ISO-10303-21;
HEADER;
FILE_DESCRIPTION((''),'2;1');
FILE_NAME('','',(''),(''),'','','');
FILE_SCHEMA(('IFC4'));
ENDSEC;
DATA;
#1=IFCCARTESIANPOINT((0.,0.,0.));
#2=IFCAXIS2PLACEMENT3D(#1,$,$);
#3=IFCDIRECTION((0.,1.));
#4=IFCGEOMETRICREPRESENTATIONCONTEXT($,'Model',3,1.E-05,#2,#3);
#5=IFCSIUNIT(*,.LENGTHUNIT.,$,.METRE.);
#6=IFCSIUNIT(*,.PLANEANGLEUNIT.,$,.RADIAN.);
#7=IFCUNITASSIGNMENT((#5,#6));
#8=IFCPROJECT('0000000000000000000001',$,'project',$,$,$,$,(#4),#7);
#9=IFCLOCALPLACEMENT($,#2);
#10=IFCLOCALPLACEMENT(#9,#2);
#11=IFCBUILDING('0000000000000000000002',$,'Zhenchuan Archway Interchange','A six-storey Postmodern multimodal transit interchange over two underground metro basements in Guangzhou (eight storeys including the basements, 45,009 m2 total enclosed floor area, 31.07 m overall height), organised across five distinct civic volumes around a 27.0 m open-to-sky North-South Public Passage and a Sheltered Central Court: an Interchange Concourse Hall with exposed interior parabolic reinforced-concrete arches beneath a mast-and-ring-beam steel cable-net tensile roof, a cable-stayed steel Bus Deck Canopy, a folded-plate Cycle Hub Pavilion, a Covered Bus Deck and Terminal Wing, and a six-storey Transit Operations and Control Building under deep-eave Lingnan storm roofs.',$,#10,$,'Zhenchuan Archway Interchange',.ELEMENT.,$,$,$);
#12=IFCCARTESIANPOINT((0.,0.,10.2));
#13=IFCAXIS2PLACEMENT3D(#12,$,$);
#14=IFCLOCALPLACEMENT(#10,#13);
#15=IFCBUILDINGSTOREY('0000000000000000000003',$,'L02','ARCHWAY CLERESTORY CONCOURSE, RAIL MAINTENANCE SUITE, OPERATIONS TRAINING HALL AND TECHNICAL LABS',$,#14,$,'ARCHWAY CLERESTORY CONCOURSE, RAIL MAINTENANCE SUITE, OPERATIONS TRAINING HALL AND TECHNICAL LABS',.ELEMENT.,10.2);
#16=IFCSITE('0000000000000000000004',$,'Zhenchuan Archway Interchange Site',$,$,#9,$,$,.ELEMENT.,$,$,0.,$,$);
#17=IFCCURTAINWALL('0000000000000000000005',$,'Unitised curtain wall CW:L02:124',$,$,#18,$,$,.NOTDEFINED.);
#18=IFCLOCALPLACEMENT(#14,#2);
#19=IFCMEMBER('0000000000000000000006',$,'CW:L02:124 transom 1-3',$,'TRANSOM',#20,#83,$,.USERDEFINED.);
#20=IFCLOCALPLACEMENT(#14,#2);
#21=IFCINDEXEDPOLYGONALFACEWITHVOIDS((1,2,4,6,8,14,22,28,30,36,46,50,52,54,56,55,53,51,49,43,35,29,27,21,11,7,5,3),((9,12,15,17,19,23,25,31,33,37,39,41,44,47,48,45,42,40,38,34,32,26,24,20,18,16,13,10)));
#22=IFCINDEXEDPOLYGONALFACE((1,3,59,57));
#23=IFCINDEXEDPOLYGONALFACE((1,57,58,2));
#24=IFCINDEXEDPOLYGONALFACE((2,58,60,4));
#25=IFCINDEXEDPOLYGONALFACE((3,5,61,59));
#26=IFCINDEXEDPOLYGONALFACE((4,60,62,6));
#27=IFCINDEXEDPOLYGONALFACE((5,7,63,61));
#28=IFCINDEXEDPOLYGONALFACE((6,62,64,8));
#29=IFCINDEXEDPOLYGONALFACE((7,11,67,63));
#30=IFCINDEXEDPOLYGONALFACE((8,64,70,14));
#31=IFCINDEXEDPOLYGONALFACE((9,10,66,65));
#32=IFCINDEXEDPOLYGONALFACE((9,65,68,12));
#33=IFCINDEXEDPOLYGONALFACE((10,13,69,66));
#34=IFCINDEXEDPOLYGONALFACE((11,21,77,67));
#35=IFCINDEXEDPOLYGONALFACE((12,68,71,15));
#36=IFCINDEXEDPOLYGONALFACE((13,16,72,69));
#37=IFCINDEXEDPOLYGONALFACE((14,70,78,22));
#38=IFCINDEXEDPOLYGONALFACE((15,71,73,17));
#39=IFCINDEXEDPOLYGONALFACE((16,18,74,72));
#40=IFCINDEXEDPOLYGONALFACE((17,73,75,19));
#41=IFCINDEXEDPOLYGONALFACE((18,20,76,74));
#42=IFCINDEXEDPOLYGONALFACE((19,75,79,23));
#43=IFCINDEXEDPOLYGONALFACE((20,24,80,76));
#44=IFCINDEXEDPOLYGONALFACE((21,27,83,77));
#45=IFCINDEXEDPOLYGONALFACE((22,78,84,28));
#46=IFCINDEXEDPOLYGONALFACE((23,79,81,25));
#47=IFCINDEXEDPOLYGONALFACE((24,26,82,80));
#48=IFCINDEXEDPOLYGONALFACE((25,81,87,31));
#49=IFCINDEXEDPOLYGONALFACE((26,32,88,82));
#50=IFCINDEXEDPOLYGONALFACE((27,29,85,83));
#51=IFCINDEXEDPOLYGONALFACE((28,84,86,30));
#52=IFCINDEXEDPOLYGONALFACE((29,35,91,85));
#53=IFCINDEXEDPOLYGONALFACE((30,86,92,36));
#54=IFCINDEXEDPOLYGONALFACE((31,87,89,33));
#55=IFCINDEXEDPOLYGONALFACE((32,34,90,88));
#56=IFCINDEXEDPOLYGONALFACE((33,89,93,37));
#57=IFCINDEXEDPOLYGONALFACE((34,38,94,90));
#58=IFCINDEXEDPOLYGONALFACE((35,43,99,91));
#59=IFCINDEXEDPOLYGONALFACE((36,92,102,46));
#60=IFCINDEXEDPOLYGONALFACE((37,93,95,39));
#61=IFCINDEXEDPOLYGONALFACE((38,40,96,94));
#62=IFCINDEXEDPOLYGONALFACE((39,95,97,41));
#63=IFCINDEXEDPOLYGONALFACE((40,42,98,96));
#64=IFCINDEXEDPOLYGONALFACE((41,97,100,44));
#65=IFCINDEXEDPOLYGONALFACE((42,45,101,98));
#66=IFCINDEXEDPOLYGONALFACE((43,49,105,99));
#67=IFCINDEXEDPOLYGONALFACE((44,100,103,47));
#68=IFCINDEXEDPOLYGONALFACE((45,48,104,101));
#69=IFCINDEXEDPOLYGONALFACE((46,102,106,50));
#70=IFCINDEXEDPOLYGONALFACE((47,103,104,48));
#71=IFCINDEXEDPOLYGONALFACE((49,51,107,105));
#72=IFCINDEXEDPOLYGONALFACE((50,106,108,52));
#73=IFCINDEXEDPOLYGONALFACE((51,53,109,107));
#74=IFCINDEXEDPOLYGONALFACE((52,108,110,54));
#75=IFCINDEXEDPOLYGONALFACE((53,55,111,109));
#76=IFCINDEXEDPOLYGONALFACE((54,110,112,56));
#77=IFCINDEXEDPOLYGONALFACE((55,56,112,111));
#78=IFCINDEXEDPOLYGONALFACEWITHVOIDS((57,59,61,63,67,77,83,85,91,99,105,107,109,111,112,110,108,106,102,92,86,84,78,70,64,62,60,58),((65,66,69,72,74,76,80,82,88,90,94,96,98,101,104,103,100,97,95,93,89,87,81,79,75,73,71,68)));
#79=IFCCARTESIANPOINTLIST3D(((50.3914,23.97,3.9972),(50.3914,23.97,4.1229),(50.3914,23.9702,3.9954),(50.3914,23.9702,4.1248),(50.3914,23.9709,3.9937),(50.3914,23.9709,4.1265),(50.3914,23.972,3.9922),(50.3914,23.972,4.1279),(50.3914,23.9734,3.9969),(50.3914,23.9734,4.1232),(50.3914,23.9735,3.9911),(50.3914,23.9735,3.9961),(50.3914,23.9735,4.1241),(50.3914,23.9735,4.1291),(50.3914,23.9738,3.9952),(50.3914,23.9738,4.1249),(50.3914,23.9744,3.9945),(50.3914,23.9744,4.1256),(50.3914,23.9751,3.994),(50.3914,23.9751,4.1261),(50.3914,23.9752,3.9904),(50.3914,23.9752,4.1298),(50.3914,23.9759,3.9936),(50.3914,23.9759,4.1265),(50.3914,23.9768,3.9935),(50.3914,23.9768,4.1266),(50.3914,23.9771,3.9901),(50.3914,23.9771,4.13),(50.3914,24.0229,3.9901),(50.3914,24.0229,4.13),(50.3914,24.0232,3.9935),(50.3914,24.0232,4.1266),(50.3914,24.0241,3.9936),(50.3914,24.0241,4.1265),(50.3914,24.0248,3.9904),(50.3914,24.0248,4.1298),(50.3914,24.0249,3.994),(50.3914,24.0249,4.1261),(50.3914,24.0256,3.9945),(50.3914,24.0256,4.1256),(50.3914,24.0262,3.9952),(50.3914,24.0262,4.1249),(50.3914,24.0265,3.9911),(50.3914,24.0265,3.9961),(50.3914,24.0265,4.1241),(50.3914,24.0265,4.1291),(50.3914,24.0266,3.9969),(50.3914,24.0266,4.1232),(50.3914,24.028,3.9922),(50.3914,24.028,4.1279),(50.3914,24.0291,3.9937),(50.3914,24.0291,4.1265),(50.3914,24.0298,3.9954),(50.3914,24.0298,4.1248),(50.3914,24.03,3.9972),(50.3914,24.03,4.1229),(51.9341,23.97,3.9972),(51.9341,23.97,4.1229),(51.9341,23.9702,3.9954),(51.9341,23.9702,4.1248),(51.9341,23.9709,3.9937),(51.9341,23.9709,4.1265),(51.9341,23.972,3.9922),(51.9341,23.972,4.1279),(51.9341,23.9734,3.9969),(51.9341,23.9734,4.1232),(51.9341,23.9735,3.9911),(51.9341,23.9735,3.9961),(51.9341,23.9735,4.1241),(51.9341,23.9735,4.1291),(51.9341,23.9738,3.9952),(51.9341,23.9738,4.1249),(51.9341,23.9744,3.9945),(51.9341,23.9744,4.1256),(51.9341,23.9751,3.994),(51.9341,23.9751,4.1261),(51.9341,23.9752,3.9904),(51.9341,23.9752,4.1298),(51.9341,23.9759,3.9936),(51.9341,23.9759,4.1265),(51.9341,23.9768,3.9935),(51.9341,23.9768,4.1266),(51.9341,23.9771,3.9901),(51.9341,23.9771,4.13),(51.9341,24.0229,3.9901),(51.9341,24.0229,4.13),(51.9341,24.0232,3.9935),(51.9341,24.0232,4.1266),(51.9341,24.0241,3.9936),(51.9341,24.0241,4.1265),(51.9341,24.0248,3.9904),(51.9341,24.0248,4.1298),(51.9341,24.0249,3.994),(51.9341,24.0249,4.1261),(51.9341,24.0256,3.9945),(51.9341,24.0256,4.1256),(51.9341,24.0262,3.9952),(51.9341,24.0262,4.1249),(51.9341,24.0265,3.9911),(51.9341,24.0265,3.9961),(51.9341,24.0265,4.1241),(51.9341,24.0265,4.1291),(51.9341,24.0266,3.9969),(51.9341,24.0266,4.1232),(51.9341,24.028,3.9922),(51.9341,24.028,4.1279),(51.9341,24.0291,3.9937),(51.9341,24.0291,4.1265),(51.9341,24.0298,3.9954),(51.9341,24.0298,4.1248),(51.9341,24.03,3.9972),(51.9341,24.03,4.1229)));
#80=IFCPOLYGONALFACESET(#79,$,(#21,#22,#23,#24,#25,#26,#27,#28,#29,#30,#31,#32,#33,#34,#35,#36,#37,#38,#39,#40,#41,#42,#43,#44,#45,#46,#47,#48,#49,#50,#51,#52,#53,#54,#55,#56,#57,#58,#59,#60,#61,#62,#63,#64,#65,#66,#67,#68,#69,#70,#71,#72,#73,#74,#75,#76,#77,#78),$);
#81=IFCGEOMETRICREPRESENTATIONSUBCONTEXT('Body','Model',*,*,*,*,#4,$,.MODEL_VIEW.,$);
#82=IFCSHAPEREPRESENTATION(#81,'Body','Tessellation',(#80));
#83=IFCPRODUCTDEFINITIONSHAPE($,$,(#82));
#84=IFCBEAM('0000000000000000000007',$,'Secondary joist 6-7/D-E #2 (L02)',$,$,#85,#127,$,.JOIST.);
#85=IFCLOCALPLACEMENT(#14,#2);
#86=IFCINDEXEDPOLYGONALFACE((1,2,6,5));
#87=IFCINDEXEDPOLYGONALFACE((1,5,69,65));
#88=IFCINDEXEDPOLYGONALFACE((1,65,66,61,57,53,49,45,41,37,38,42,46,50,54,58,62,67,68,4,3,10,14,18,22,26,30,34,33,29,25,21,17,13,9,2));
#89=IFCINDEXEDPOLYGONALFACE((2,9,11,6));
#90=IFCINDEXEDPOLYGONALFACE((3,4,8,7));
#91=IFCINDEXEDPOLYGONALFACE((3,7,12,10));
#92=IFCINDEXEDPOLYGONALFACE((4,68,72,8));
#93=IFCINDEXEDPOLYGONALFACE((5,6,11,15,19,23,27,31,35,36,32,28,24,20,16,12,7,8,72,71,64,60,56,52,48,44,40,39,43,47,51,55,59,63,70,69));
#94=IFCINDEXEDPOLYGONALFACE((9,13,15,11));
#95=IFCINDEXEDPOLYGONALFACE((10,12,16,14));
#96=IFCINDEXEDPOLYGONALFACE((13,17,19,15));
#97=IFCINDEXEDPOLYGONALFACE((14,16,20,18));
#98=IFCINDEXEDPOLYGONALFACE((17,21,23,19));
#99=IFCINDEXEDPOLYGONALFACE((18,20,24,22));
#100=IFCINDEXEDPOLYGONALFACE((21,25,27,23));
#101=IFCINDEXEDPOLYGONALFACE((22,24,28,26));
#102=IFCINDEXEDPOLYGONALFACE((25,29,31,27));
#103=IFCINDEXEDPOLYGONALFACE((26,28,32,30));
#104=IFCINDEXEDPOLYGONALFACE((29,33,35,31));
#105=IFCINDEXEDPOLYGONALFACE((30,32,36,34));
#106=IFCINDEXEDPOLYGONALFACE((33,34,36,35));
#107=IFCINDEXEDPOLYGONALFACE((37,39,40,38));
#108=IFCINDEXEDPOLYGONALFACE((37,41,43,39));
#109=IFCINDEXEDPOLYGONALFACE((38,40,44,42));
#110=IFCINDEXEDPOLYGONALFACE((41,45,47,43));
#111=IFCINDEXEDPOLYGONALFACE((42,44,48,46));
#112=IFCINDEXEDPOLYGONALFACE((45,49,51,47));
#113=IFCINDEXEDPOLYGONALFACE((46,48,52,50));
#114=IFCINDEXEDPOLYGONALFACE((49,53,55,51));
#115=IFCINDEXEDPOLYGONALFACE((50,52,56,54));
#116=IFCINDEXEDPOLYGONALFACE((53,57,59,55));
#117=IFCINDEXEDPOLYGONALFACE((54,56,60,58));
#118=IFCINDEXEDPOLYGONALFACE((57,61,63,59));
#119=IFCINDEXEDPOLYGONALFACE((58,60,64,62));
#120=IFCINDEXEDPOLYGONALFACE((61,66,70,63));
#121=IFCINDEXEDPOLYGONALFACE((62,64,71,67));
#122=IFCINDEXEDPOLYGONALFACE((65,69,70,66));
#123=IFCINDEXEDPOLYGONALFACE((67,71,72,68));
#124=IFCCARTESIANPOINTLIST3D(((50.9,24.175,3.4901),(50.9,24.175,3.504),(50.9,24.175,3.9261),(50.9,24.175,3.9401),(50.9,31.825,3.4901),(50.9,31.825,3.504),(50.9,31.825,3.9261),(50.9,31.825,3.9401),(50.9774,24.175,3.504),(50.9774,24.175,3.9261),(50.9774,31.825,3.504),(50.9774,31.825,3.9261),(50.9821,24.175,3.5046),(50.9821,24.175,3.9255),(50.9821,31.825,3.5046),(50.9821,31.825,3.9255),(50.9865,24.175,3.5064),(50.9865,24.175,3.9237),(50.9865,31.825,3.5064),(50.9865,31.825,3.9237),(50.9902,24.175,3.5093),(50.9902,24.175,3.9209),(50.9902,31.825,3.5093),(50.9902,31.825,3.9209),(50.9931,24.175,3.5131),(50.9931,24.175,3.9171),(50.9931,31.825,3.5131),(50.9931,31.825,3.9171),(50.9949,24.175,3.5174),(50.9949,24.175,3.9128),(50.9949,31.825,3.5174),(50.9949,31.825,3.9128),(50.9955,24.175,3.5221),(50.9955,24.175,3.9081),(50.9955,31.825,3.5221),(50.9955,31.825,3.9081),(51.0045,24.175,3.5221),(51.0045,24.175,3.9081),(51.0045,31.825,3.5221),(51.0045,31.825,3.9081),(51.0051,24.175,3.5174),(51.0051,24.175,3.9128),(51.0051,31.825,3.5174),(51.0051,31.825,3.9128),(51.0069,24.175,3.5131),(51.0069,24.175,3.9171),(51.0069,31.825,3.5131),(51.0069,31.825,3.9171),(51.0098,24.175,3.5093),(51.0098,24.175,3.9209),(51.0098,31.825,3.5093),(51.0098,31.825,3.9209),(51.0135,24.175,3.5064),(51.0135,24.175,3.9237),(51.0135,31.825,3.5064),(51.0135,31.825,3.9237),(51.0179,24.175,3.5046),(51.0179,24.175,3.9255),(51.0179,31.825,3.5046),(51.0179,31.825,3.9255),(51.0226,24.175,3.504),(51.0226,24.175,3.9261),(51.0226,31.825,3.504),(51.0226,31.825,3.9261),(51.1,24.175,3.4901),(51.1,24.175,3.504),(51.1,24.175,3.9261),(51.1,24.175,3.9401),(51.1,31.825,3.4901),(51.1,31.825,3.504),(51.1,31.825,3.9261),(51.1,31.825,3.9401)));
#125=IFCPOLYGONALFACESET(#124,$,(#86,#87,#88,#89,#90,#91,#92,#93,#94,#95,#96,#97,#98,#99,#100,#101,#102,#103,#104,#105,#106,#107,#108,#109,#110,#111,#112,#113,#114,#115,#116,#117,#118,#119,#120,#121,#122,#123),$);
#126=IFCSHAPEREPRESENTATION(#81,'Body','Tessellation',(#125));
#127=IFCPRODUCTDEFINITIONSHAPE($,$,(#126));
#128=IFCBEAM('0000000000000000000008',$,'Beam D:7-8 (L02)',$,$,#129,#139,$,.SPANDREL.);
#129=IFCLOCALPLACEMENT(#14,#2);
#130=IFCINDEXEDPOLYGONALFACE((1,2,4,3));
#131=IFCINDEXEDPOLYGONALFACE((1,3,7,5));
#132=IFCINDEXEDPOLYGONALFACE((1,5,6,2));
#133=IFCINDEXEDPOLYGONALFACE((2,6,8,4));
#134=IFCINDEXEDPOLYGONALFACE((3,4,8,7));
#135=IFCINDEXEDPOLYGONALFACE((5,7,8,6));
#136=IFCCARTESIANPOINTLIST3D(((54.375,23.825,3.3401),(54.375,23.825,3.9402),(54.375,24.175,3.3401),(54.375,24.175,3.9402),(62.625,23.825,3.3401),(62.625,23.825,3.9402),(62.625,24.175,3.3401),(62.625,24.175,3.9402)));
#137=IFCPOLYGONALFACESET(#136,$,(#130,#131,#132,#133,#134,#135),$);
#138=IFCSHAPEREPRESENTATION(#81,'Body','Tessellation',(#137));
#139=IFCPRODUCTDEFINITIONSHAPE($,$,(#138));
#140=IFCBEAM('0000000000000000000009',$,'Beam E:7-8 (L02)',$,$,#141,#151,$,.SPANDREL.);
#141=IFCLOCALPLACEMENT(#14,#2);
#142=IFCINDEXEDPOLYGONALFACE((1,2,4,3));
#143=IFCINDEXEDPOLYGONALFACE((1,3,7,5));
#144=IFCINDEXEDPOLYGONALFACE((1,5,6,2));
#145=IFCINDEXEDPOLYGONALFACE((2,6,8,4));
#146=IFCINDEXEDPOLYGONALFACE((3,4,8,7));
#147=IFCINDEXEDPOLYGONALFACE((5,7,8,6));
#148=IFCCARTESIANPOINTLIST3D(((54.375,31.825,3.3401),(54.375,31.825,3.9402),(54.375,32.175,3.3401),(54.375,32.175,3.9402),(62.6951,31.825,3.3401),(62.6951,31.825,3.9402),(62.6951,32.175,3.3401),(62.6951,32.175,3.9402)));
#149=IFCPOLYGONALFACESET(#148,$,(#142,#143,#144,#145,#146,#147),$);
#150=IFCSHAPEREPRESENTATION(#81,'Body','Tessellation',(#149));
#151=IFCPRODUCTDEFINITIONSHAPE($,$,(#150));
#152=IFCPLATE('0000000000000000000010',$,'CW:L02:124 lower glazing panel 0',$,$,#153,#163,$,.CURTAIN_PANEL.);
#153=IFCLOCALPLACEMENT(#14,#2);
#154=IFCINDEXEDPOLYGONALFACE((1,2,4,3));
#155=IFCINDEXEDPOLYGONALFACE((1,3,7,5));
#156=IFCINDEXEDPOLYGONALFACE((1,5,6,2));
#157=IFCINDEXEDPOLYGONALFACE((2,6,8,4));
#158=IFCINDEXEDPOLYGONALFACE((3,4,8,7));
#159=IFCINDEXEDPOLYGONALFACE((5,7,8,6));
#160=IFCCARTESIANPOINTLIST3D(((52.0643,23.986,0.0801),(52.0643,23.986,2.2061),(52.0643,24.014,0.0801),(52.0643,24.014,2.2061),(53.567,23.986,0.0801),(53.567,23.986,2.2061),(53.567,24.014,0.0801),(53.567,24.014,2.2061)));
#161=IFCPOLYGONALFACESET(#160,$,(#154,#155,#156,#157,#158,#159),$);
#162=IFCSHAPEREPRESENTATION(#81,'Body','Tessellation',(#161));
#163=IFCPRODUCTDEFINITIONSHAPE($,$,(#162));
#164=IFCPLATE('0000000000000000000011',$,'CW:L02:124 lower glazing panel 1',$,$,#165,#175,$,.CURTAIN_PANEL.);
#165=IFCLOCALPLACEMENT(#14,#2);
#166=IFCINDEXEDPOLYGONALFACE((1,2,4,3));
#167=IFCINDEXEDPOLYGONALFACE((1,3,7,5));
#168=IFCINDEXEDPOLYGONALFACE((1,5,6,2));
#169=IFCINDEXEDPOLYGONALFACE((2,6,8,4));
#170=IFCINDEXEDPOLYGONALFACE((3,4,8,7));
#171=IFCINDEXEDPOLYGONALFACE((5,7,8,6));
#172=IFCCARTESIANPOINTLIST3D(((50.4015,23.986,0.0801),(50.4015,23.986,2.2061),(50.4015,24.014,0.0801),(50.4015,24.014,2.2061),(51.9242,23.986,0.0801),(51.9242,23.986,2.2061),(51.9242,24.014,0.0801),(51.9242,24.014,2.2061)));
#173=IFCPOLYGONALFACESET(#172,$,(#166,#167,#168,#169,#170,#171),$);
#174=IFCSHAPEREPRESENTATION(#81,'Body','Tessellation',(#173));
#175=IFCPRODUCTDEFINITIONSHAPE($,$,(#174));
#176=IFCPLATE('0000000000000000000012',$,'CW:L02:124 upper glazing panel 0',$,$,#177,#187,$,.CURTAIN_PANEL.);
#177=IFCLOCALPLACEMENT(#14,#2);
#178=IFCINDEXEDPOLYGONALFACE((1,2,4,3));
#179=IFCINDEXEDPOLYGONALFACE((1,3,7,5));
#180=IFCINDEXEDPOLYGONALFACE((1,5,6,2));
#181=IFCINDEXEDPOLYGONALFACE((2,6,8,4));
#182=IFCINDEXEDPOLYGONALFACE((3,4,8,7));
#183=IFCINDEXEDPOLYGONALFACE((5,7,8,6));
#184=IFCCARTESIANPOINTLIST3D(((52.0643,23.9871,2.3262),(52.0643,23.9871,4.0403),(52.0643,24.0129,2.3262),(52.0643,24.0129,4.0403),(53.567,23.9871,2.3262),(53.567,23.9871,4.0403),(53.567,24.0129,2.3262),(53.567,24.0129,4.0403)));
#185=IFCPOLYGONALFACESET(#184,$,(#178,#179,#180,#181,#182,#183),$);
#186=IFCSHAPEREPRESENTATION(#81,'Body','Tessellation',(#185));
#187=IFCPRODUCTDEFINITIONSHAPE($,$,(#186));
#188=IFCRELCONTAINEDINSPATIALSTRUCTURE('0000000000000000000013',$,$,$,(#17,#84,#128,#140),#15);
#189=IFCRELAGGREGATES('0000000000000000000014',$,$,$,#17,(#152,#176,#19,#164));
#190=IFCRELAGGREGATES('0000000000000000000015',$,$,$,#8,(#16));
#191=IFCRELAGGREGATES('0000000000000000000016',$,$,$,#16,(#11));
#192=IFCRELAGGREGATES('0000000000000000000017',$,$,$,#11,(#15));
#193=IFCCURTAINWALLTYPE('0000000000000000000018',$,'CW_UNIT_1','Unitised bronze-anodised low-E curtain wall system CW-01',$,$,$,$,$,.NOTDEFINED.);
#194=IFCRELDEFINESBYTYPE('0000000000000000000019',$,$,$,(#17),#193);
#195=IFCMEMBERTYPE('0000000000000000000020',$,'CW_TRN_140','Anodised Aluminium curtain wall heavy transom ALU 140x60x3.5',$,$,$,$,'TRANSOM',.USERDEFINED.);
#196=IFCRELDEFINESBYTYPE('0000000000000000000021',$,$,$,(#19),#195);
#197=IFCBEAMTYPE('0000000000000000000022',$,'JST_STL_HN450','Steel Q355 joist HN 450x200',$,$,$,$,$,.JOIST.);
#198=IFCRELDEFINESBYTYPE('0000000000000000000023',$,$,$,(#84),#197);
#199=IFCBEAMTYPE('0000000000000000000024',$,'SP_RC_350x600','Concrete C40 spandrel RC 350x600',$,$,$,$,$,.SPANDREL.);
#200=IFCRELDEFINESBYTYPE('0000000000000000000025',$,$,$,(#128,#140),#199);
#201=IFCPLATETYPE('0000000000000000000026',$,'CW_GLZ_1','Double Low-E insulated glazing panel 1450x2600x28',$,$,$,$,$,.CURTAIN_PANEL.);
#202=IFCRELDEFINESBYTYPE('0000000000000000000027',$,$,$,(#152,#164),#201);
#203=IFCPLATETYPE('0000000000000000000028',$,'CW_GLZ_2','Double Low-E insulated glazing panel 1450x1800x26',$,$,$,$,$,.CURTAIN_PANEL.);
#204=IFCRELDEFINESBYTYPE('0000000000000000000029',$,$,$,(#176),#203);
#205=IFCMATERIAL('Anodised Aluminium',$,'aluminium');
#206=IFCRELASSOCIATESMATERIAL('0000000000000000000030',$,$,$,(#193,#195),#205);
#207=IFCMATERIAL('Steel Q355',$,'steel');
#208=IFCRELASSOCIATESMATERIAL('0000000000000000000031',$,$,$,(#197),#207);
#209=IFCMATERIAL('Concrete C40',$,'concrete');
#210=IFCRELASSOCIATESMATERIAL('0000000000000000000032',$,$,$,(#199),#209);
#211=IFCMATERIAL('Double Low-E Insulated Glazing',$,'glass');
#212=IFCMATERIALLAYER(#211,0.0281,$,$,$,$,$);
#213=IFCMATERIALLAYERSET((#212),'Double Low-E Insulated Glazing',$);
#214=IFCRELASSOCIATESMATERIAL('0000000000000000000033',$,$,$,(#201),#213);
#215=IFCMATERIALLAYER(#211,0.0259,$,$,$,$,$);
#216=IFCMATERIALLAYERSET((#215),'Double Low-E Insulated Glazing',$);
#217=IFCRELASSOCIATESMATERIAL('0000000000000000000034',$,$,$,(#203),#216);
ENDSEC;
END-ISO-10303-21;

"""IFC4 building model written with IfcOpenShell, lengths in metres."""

from ifc_helpers import new_model, si_unit, direction, frame, origin, origin_2d, place, context, subcontext, project, spatial, rectangle, hollow_rectangle, i_section, extrude, material, layer, layer_set, material_profile, profile_set, type_object, element, aggregate, save


model = new_model("IFC4")

# Units and contexts
model_context = context("Model", 3, precision=1e-05, world=origin(), true_north=direction((0.0, 1.0)))
body_context = subcontext(model_context, "Body", "Model", "MODEL_VIEW")
ifc_project = project(units=[si_unit("LENGTHUNIT", "METRE"), si_unit("PLANEANGLEUNIT", "RADIAN")], contexts=[model_context])

# Site, building, storey
site_placement = place(None, origin())
site = spatial("IfcSite", under=ifc_project, at=site_placement, Name="Zhenchuan Archway Interchange Site", CompositionType="ELEMENT", RefElevation=0.0)
building_placement = place(site_placement, origin())
building = spatial("IfcBuilding", under=site, at=building_placement, Name="Zhenchuan Archway Interchange", Description="A six-storey Postmodern multimodal transit interchange over two underground metro basements in Guangzhou (eight storeys including the basements, 45,009 m2 total enclosed floor area, 31.07 m overall height), organised across five distinct civic volumes around a 27.0 m open-to-sky North-South Public Passage and a Sheltered Central Court: an Interchange Concourse Hall with exposed interior parabolic reinforced-concrete arches beneath a mast-and-ring-beam steel cable-net tensile roof, a cable-stayed steel Bus Deck Canopy, a folded-plate Cycle Hub Pavilion, a Covered Bus Deck and Terminal Wing, and a six-storey Transit Operations and Control Building under deep-eave Lingnan storm roofs.", LongName="Zhenchuan Archway Interchange", CompositionType="ELEMENT")
storey_placement = place(building_placement, frame((0.0, 0.0, 10.2)))
storey = spatial("IfcBuildingStorey", under=building, at=storey_placement, Name="L02", Description="ARCHWAY CLERESTORY CONCOURSE, RAIL MAINTENANCE SUITE, OPERATIONS TRAINING HALL AND TECHNICAL LABS", LongName="ARCHWAY CLERESTORY CONCOURSE, RAIL MAINTENANCE SUITE, OPERATIONS TRAINING HALL AND TECHNICAL LABS", CompositionType="ELEMENT", Elevation=10.2)

# Shared definitions
ifc_material_1 = material(Name="Concrete C40", Category="concrete")

# Curtain wall, member
ifc_material_2 = material(Name="Anodised Aluminium", Category="aluminium")
curtain_wall_type = type_object("IfcCurtainWallType", Name="CW_UNIT_1", Description="Unitised bronze-anodised low-E curtain wall system CW-01", PredefinedType="NOTDEFINED", material=ifc_material_2)
curtain_wall_placement = place(storey_placement, origin())
curtain_wall = element("IfcCurtainWall", 1, at=curtain_wall_placement, inside=storey, type_object=curtain_wall_type, Name="Unitised curtain wall CW:L02:124", PredefinedType="NOTDEFINED")
ifc_material_profile_1 = material_profile(ifc_material_2, hollow_rectangle(XDim=0.0601, YDim=0.1399, WallThickness=0.0034, InnerFilletRadius=0.0034, OuterFilletRadius=0.0071, at=origin_2d()), Name="ALU 140x60x3.5")
ifc_profile_set_1 = profile_set([ifc_material_profile_1], Name="Anodised Aluminium")
member_type_1 = type_object("IfcMemberType", Name="CW_TRN_140", Description="Anodised Aluminium curtain wall heavy transom ALU 140x60x3.5", ElementType="TRANSOM", PredefinedType="USERDEFINED", material=ifc_profile_set_1)
member_1_placement = place(storey_placement, frame((51.9341, 24.0, 4.0601), z_axis=(-1.0, 0.0, 0.0), x_axis=(0.0, -1.0, 0.0)))
member_1 = element("IfcMember", 2, at=member_1_placement, type_object=member_type_1, Name="CW:L02:124 transom 1-3", ObjectType="TRANSOM", PredefinedType="USERDEFINED", context=body_context, shape_type="SweptSolid", body=[
    extrude(hollow_rectangle(XDim=0.0601, YDim=0.1399, WallThickness=0.0034, InnerFilletRadius=0.0034, OuterFilletRadius=0.0071, at=origin_2d()), origin(), (0.0, 0.0, 1.0), 1.5427),
])

# Beams
ifc_material_3 = material(Name="Steel Q355", Category="steel")
ifc_material_profile_2 = material_profile(ifc_material_3, i_section(OverallWidth=0.2, OverallDepth=0.45, WebThickness=0.009, FlangeThickness=0.0139, FilletRadius=0.0181, at=origin_2d()), Name="HN 450x200")
ifc_profile_set_2 = profile_set([ifc_material_profile_2], Name="Steel Q355")
beam_type_1 = type_object("IfcBeamType", Name="JST_STL_HN450", Description="Steel Q355 joist HN 450x200", PredefinedType="JOIST", material=ifc_profile_set_2)
beam_1_placement = place(storey_placement, frame((51.0, 24.175, 3.7151), z_axis=(0.0, 1.0, 0.0), x_axis=(-1.0, 0.0, 0.0)))
element("IfcBeam", 3, at=beam_1_placement, inside=storey, type_object=beam_type_1, Name="Secondary joist 6-7/D-E #2 (L02)", PredefinedType="JOIST", context=body_context, shape_type="SweptSolid", body=[
    extrude(i_section(OverallWidth=0.2, OverallDepth=0.45, WebThickness=0.009, FlangeThickness=0.0139, FilletRadius=0.0181, at=origin_2d()), origin(), (0.0, 0.0, 1.0), 7.6499),
])
ifc_material_profile_3 = material_profile(ifc_material_1, rectangle(XDim=0.3501, YDim=0.6001, at=origin_2d()), Name="RC 350x600")
ifc_profile_set_3 = profile_set([ifc_material_profile_3], Name="Concrete C40")
beam_type_2 = type_object("IfcBeamType", Name="SP_RC_350x600", Description="Concrete C40 spandrel RC 350x600", PredefinedType="SPANDREL", material=ifc_profile_set_3)
beam_2_placement = place(storey_placement, frame((54.375, 24.0, 3.6401), z_axis=(1.0, 0.0, 0.0), x_axis=(0.0, 1.0, 0.0)))
element("IfcBeam", 4, at=beam_2_placement, inside=storey, type_object=beam_type_2, Name="Beam D:7-8 (L02)", PredefinedType="SPANDREL", context=body_context, shape_type="SweptSolid", body=[
    extrude(rectangle(XDim=0.3501, YDim=0.6001, at=origin_2d()), origin(), (0.0, 0.0, 1.0), 8.25),
])
beam_3_placement = place(storey_placement, frame((54.375, 32.0, 3.6401), z_axis=(1.0, 0.0, 0.0), x_axis=(0.0, 1.0, 0.0)))
element("IfcBeam", 5, at=beam_3_placement, inside=storey, type_object=beam_type_2, Name="Beam E:7-8 (L02)", PredefinedType="SPANDREL", context=body_context, shape_type="SweptSolid", body=[
    extrude(rectangle(XDim=0.3501, YDim=0.6001, at=origin_2d()), origin(), (0.0, 0.0, 1.0), 8.3201),
])

# Plates
ifc_material_4 = material(Name="Double Low-E Insulated Glazing", Category="glass")
ifc_layer_1 = layer(ifc_material_4, 0.0281)
ifc_layer_set_1 = layer_set([ifc_layer_1], Name="Double Low-E Insulated Glazing")
plate_type_1 = type_object("IfcPlateType", Name="CW_GLZ_1", Description="Double Low-E insulated glazing panel 1450x2600x28", PredefinedType="CURTAIN_PANEL", material=ifc_layer_set_1)
plate_1_placement = place(storey_placement, frame((52.8157, 24.0, 0.0801), z_axis=(0.0, 0.0, 1.0), x_axis=(-1.0, 0.0, 0.0)))
plate_1 = element("IfcPlate", 6, at=plate_1_placement, type_object=plate_type_1, Name="CW:L02:124 lower glazing panel 0", PredefinedType="CURTAIN_PANEL", context=body_context, shape_type="SweptSolid", body=[
    extrude(rectangle(XDim=1.5027, YDim=0.0281, at=origin_2d()), origin(), (0.0, 0.0, 1.0), 2.126),
])
plate_2_placement = place(storey_placement, frame((51.1628, 24.0, 0.0801), z_axis=(0.0, 0.0, 1.0), x_axis=(-1.0, 0.0, 0.0)))
plate_2 = element("IfcPlate", 7, at=plate_2_placement, type_object=plate_type_1, Name="CW:L02:124 lower glazing panel 1", PredefinedType="CURTAIN_PANEL", context=body_context, shape_type="SweptSolid", body=[
    extrude(rectangle(XDim=1.5227, YDim=0.0281, at=origin_2d()), origin(), (0.0, 0.0, 1.0), 2.126),
])
ifc_layer_2 = layer(ifc_material_4, 0.0259)
ifc_layer_set_2 = layer_set([ifc_layer_2], Name="Double Low-E Insulated Glazing")
plate_type_2 = type_object("IfcPlateType", Name="CW_GLZ_2", Description="Double Low-E insulated glazing panel 1450x1800x26", PredefinedType="CURTAIN_PANEL", material=ifc_layer_set_2)
plate_3_placement = place(storey_placement, frame((52.8157, 24.0, 2.3262), z_axis=(0.0, 0.0, 1.0), x_axis=(-1.0, 0.0, 0.0)))
plate_3 = element("IfcPlate", 8, at=plate_3_placement, type_object=plate_type_2, Name="CW:L02:124 upper glazing panel 0", PredefinedType="CURTAIN_PANEL", context=body_context, shape_type="SweptSolid", body=[
    extrude(rectangle(XDim=1.5027, YDim=0.0259, at=origin_2d()), origin(), (0.0, 0.0, 1.0), 1.7141),
])
aggregate(curtain_wall, [plate_1, plate_3, member_1, plate_2])

save(model, "model.ifc")
